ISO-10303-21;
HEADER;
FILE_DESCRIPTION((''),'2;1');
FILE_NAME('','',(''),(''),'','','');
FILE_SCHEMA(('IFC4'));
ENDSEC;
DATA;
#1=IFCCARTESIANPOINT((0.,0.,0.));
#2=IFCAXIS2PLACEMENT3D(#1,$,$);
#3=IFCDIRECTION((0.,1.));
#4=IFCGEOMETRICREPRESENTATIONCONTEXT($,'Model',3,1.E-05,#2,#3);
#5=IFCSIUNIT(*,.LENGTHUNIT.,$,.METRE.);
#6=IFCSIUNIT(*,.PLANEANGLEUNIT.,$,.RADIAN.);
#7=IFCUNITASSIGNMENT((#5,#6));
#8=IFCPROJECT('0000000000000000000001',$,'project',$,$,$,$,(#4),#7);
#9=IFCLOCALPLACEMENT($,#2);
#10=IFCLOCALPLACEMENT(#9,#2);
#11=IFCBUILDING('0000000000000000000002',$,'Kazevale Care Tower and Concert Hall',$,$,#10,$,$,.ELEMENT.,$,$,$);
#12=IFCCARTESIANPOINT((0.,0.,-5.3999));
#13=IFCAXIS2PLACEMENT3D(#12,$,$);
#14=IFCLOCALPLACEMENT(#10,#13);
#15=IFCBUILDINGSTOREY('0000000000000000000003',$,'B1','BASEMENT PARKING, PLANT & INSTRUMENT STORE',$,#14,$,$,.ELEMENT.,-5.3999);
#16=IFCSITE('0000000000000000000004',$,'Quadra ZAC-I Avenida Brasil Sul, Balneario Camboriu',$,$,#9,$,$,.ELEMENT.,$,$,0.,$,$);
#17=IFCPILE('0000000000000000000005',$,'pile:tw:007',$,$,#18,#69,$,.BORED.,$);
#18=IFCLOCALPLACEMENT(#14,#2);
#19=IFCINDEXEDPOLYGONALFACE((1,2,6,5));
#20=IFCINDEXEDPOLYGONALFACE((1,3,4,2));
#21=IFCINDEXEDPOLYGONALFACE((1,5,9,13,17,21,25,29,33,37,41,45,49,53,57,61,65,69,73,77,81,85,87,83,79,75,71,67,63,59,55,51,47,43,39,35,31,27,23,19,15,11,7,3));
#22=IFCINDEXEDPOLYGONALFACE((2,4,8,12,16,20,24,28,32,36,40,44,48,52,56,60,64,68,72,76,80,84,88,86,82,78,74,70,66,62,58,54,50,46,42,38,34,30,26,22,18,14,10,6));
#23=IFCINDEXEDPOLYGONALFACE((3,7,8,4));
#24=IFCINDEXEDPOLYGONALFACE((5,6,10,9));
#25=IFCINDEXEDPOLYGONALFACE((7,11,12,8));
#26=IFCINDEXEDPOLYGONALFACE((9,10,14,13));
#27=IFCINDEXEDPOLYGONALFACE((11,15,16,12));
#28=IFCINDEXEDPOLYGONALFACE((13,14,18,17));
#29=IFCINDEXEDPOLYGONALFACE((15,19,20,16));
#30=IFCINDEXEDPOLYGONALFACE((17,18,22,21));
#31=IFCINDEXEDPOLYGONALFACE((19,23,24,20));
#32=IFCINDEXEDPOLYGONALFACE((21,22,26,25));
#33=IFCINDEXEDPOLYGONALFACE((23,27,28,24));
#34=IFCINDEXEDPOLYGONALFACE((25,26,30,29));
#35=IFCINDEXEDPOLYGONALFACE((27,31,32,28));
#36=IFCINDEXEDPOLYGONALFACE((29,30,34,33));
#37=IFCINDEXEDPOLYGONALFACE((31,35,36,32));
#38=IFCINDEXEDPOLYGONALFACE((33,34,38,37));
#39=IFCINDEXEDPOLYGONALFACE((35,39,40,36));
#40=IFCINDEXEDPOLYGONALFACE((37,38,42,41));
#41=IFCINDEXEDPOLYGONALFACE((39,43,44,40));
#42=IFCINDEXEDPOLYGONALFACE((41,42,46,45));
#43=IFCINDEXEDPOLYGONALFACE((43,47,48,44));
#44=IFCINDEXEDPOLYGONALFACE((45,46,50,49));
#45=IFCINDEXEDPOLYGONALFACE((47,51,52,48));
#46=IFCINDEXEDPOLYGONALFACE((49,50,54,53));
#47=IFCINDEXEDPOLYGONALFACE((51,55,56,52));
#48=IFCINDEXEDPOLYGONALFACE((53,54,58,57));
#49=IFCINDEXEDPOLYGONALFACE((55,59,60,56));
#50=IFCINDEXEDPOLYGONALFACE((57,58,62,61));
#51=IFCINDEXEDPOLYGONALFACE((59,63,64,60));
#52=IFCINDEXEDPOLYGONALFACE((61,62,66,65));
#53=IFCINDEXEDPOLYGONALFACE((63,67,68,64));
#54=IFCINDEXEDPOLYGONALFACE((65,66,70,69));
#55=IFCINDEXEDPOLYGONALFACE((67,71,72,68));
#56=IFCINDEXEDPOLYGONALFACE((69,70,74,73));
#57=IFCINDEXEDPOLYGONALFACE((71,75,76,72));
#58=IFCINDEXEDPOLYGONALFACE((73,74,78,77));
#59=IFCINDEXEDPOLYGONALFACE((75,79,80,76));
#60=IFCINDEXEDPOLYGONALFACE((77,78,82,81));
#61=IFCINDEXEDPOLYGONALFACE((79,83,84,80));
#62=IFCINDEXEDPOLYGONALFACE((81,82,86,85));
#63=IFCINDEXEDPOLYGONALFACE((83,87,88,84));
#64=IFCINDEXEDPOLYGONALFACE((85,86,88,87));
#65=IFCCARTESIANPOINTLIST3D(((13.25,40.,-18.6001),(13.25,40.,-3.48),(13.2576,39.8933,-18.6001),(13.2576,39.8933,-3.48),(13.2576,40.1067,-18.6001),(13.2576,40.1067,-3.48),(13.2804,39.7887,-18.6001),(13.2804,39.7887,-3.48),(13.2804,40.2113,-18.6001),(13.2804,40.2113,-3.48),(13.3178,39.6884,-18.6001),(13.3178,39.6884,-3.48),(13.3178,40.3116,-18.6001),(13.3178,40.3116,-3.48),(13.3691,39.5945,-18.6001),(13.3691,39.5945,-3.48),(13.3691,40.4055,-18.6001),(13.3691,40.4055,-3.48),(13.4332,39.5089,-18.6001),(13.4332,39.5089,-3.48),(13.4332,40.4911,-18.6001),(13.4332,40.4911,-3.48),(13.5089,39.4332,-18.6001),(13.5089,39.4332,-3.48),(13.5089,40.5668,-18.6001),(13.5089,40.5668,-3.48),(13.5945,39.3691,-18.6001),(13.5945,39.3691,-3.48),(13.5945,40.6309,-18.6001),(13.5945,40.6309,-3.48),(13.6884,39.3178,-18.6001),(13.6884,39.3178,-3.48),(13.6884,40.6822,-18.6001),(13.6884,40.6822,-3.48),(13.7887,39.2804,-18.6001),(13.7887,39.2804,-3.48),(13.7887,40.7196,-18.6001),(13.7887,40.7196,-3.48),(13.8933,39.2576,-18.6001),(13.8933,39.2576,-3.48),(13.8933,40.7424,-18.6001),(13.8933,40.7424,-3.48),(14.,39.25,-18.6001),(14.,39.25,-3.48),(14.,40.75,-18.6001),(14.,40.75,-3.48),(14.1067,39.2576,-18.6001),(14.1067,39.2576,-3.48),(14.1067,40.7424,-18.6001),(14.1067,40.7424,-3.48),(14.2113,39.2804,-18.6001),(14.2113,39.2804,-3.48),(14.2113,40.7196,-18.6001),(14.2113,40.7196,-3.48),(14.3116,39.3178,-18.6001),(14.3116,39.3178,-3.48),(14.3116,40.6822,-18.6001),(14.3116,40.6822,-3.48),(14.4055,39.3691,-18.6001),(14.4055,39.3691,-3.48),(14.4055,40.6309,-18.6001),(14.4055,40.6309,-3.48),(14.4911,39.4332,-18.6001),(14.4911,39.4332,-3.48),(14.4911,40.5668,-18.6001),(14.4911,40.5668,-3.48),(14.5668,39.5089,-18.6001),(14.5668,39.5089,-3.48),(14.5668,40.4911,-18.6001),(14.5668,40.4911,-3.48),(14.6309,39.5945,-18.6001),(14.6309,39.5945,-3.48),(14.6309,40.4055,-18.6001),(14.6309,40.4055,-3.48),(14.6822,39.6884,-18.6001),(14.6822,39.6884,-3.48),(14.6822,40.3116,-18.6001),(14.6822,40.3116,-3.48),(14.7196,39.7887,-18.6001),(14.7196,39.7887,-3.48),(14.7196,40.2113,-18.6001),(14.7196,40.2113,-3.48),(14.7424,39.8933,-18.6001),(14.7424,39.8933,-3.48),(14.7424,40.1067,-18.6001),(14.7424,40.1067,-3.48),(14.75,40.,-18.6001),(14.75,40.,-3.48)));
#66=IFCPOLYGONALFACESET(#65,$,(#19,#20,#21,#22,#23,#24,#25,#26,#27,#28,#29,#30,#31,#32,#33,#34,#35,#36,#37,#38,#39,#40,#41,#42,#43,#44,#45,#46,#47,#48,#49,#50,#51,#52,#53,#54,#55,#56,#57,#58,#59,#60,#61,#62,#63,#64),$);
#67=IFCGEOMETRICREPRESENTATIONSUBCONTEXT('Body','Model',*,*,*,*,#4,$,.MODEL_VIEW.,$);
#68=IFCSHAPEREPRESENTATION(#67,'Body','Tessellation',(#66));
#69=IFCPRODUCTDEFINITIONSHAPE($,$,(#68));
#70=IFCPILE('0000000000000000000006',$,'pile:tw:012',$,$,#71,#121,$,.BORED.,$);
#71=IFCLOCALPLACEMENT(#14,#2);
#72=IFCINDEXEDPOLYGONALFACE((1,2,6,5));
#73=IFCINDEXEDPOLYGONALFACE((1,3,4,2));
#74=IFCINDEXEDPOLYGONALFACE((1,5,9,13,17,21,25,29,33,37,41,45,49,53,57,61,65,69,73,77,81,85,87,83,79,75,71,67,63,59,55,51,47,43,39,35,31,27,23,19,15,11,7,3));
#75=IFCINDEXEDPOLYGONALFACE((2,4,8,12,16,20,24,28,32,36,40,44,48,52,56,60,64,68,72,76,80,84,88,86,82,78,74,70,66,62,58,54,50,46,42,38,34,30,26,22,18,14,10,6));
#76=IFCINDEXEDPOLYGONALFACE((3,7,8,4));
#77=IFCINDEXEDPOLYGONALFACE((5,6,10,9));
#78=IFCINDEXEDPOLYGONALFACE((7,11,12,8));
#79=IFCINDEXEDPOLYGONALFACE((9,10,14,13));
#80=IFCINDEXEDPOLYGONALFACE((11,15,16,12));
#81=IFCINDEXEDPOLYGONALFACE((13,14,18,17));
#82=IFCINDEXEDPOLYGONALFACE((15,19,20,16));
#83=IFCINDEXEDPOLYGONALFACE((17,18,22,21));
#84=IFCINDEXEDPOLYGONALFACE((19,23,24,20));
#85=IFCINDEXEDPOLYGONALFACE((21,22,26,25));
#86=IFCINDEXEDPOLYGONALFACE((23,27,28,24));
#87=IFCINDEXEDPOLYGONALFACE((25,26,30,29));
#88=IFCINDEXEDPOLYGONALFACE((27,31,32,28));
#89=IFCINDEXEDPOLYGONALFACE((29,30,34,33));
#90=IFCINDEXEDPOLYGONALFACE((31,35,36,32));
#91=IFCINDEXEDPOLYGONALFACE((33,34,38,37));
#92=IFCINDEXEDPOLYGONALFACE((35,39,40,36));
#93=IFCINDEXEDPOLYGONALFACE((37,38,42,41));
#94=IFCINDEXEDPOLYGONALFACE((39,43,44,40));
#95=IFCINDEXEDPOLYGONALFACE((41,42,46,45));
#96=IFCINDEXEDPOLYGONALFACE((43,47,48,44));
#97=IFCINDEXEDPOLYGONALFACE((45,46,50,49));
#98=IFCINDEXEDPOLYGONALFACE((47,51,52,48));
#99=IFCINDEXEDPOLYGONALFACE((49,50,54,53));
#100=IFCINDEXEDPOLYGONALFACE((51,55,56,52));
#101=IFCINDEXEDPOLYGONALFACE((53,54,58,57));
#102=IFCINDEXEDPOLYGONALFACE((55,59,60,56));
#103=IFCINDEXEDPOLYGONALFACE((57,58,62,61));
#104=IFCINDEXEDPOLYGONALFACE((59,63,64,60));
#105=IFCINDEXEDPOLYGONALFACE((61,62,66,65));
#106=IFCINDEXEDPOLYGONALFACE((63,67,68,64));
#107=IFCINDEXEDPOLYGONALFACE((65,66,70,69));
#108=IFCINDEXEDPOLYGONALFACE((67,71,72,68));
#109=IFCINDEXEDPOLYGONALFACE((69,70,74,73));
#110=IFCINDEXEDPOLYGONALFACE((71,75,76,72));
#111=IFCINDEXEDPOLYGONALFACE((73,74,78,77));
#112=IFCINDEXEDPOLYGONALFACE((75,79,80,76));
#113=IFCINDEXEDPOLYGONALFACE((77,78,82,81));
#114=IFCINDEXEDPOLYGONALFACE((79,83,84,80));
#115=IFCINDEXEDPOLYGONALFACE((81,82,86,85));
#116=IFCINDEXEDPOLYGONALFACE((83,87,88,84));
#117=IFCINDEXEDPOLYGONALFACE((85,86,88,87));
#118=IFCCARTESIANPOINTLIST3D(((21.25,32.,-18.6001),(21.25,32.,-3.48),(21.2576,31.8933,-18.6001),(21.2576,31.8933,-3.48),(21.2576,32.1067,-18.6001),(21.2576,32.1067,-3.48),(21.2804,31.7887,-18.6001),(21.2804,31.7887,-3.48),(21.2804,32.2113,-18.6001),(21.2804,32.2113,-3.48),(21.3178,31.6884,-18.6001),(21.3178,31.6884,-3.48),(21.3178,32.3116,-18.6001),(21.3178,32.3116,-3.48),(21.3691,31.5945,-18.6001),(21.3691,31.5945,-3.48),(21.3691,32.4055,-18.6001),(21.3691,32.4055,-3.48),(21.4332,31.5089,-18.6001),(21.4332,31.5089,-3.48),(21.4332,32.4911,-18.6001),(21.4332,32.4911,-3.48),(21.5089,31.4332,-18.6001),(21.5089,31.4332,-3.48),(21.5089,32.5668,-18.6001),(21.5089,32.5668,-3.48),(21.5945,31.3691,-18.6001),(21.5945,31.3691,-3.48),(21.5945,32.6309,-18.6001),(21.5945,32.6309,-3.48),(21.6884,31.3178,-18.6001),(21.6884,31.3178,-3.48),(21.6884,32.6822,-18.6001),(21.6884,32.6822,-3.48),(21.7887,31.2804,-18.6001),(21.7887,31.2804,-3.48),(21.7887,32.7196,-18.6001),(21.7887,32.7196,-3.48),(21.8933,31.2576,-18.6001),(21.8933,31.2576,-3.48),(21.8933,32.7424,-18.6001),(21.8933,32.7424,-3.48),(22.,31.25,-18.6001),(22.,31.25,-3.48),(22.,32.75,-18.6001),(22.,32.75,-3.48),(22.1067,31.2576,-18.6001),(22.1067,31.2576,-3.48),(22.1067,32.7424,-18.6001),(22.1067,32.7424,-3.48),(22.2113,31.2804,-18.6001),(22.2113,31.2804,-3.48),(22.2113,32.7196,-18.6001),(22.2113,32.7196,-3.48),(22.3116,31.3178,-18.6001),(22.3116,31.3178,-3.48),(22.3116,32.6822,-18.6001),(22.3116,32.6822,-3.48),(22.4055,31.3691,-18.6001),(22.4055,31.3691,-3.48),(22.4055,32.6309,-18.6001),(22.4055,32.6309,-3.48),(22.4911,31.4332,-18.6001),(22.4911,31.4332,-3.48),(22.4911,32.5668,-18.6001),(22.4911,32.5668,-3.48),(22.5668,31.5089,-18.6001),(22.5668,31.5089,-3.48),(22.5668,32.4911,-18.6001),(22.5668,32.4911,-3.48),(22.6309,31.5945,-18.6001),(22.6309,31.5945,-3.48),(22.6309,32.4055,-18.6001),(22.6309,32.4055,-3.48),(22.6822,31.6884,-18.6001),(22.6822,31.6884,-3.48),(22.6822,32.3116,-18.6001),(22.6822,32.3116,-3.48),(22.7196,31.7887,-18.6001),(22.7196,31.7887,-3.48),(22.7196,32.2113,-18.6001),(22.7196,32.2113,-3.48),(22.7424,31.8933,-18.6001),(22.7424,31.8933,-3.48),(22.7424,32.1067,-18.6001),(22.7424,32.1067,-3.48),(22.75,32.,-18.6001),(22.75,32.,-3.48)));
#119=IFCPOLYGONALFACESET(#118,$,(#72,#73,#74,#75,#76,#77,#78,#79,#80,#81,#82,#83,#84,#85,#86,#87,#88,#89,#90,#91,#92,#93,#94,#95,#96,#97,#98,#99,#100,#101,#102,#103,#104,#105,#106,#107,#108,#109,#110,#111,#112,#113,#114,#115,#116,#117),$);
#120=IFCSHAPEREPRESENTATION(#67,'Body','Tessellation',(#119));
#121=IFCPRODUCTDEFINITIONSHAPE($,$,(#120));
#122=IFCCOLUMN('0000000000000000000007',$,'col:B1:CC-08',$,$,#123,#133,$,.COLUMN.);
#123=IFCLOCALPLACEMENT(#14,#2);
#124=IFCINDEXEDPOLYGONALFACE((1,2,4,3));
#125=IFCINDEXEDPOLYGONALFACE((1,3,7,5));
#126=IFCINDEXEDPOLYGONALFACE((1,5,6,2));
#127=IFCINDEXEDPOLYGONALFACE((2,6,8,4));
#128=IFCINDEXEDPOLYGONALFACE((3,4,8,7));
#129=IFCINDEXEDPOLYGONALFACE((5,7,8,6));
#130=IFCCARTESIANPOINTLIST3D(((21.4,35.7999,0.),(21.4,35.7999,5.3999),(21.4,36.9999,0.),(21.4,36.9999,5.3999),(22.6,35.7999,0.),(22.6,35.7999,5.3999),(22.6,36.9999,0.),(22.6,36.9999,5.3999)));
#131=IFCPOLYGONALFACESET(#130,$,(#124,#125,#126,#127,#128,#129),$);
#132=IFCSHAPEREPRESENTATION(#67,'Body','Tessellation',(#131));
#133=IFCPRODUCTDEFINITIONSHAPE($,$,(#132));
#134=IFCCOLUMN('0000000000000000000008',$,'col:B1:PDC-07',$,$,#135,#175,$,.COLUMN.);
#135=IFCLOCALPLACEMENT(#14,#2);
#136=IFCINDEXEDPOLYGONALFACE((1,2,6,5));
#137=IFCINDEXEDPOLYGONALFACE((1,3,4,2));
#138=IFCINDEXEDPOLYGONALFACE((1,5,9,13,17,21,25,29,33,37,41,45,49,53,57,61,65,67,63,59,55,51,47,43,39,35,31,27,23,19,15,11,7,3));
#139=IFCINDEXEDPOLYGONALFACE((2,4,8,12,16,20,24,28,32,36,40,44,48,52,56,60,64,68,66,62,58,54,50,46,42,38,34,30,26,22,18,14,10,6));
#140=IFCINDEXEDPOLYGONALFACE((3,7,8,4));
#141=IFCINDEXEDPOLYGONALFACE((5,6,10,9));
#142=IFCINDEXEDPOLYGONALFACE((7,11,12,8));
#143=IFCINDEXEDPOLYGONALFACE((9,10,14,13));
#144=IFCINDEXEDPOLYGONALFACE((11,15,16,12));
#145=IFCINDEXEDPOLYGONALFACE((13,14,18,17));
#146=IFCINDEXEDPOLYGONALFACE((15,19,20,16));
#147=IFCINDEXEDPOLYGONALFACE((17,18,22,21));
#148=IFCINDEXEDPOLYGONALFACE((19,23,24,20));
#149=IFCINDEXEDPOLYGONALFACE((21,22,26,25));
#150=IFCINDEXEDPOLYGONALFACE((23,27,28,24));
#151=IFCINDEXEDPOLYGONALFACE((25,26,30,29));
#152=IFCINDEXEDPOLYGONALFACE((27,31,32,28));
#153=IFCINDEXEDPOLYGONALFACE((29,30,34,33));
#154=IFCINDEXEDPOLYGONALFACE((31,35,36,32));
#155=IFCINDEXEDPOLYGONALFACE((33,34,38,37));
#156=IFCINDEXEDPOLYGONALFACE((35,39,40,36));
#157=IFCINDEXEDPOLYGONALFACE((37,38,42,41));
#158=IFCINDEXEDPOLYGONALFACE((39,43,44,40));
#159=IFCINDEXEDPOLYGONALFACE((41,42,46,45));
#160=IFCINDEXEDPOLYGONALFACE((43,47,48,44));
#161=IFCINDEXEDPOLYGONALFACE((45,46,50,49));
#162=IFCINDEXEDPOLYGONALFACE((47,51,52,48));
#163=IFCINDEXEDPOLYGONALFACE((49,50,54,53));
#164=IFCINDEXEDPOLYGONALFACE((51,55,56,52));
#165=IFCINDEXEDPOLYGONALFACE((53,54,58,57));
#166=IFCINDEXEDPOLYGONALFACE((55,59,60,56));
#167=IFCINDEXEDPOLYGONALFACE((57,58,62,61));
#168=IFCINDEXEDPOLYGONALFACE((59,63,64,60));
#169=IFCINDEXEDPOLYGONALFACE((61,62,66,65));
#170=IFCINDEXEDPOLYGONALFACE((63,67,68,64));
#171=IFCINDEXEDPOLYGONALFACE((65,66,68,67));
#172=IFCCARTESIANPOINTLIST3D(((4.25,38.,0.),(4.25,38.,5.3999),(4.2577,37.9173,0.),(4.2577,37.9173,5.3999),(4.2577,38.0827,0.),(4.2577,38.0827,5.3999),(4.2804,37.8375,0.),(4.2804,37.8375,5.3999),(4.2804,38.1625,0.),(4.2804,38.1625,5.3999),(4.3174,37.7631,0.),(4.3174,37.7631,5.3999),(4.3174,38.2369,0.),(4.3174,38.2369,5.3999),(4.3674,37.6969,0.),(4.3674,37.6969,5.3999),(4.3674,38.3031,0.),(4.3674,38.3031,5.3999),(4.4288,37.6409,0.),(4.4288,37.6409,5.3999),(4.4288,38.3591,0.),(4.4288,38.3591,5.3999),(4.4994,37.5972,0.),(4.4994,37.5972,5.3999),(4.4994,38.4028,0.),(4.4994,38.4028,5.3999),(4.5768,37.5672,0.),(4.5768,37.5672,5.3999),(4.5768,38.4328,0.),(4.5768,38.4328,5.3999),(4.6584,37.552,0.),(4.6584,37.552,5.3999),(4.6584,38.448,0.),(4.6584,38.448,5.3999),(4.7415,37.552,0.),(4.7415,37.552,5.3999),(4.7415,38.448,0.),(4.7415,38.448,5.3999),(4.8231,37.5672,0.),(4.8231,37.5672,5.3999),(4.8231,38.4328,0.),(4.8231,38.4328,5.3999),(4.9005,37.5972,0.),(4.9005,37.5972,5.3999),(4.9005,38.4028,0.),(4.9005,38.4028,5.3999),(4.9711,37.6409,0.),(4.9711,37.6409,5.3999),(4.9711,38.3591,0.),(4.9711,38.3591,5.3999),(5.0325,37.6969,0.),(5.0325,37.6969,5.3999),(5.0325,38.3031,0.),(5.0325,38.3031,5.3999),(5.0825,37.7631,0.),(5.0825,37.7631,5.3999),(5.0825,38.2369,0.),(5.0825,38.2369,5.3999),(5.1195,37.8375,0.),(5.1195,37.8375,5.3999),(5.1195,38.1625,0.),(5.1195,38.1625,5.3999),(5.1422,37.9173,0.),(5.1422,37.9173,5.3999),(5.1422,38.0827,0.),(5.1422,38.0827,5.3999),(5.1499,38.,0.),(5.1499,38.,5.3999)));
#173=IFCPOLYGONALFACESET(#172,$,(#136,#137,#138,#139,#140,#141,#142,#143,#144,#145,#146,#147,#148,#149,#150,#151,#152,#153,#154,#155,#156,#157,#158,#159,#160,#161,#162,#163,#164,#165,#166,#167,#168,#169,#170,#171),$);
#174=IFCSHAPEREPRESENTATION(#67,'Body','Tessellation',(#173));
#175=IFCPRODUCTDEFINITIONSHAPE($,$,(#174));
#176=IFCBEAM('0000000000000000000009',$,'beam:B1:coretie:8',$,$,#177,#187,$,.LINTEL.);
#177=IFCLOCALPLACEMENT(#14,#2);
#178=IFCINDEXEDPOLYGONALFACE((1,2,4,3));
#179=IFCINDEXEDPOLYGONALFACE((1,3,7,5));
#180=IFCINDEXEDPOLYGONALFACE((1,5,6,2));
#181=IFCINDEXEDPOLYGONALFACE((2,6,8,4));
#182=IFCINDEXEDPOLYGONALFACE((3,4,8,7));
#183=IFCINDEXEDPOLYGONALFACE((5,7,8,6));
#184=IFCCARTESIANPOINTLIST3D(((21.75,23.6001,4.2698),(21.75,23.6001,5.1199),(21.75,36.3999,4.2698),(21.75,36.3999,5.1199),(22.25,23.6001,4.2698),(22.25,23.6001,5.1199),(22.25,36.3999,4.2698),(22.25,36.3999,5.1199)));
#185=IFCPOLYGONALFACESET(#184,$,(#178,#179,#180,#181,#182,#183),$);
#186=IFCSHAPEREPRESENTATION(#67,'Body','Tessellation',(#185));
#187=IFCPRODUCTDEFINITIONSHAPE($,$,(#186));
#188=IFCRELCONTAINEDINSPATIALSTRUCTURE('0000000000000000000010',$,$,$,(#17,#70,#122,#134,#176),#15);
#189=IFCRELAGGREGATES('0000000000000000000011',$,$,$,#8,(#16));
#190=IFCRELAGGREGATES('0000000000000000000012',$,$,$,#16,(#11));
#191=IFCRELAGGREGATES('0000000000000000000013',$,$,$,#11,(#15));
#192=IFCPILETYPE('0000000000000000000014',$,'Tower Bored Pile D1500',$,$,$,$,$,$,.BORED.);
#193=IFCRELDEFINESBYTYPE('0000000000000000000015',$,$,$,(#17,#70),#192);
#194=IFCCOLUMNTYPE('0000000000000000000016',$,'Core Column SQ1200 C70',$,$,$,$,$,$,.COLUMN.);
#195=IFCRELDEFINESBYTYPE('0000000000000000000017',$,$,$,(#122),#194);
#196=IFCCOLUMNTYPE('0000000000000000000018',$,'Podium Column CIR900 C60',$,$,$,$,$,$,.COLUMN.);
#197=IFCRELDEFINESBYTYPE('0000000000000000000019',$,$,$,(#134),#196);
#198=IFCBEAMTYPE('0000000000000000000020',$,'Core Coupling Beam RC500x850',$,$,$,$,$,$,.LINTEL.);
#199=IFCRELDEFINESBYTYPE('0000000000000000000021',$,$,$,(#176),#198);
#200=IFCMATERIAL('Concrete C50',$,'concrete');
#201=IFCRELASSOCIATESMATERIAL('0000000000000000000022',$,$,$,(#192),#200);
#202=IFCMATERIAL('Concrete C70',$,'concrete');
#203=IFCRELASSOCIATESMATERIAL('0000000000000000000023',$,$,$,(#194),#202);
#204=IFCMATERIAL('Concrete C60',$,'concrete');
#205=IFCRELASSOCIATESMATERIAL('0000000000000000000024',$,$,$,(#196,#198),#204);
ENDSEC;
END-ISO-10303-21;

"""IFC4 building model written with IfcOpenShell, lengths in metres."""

from ifc_helpers import new_model, si_unit, direction, frame, origin, origin_2d, place, context, subcontext, project, spatial, rectangle, circle, extrude, material, material_profile, profile_set, type_object, element, save


model = new_model("IFC4")

# Units and contexts
model_context = context("Model", 3, precision=1e-05, world=origin(), true_north=direction((0.0, 1.0)))
body_context = subcontext(model_context, "Body", "Model", "MODEL_VIEW")
ifc_project = project(units=[si_unit("LENGTHUNIT", "METRE"), si_unit("PLANEANGLEUNIT", "RADIAN")], contexts=[model_context])

# Site, building, storey
site_placement = place(None, origin())
site = spatial("IfcSite", under=ifc_project, at=site_placement, Name="Quadra ZAC-I Avenida Brasil Sul, Balneario Camboriu", CompositionType="ELEMENT", RefElevation=0.0)
building_placement = place(site_placement, origin())
building = spatial("IfcBuilding", under=site, at=building_placement, Name="Kazevale Care Tower and Concert Hall", CompositionType="ELEMENT")
storey_placement = place(building_placement, frame((0.0, 0.0, -5.3999)))
storey = spatial("IfcBuildingStorey", under=building, at=storey_placement, Name="B1", Description="BASEMENT PARKING, PLANT & INSTRUMENT STORE", CompositionType="ELEMENT", Elevation=-5.3999)

# Piles
ifc_material_1 = material(Name="Concrete C50", Category="concrete")
ifc_material_profile_1 = material_profile(ifc_material_1, circle(Radius=0.75, at=origin_2d()), Name="PILE-D1500")
ifc_profile_set_1 = profile_set([ifc_material_profile_1], Name="Concrete C50")
pile_type = type_object("IfcPileType", Name="Tower Bored Pile D1500", PredefinedType="BORED", material=ifc_profile_set_1)
for number, where, z_axis, x_axis, name in (
    (1, (14.0, 40.0, -3.48), (0.0, 0.0, -1.0), (1.0, 0.0, 0.0), "pile:tw:007"),
    (2, (22.0, 32.0, -3.48), (0.0, 0.0, -1.0), (1.0, 0.0, 0.0), "pile:tw:012"),
):
    element("IfcPile", number, at=place(storey_placement, frame(where, z_axis=z_axis, x_axis=x_axis)), inside=storey, type_object=pile_type, Name=name, PredefinedType="BORED", context=body_context, shape_type="SweptSolid", body=[
        extrude(circle(Radius=0.75, at=origin_2d()), origin(), (0.0, 0.0, 1.0), 15.1201),
    ])

# Columns
ifc_material_2 = material(Name="Concrete C70", Category="concrete")
ifc_material_profile_2 = material_profile(ifc_material_2, rectangle(XDim=1.2, YDim=1.2, at=origin_2d()), Name="RC-SQ1200")
ifc_profile_set_2 = profile_set([ifc_material_profile_2], Name="Concrete C70")
column_type_1 = type_object("IfcColumnType", Name="Core Column SQ1200 C70", PredefinedType="COLUMN", material=ifc_profile_set_2)
column_1_placement = place(storey_placement, frame((22.0, 36.3999, 0.0), z_axis=(0.0, 0.0, 1.0), x_axis=(1.0, 0.0, 0.0)))
element("IfcColumn", 3, at=column_1_placement, inside=storey, type_object=column_type_1, Name="col:B1:CC-08", PredefinedType="COLUMN", context=body_context, shape_type="SweptSolid", body=[
    extrude(rectangle(XDim=1.2, YDim=1.2, at=origin_2d()), origin(), (0.0, 0.0, 1.0), 5.3999),
])
ifc_material_3 = material(Name="Concrete C60", Category="concrete")
ifc_material_profile_3 = material_profile(ifc_material_3, circle(Radius=0.45, at=origin_2d()), Name="RC-CIR900")
ifc_profile_set_3 = profile_set([ifc_material_profile_3], Name="Concrete C60")
column_type_2 = type_object("IfcColumnType", Name="Podium Column CIR900 C60", PredefinedType="COLUMN", material=ifc_profile_set_3)
column_2_placement = place(storey_placement, frame((4.7, 38.0, 0.0), z_axis=(0.0, 0.0, 1.0), x_axis=(1.0, 0.0, 0.0)))
element("IfcColumn", 4, at=column_2_placement, inside=storey, type_object=column_type_2, Name="col:B1:PDC-07", PredefinedType="COLUMN", context=body_context, shape_type="SweptSolid", body=[
    extrude(circle(Radius=0.45, at=origin_2d()), origin(), (0.0, 0.0, 1.0), 5.3999),
])

# Beam
ifc_material_profile_4 = material_profile(ifc_material_3, rectangle(XDim=0.5, YDim=0.8501, at=origin_2d()), Name="RC-B500x850")
ifc_profile_set_4 = profile_set([ifc_material_profile_4], Name="Concrete C60")
beam_type_1 = type_object("IfcBeamType", Name="Core Coupling Beam RC500x850", PredefinedType="LINTEL", material=ifc_profile_set_4)
beam_1_placement = place(storey_placement, frame((22.0, 36.3999, 4.6948), z_axis=(0.0, -1.0, 0.0), x_axis=(1.0, 0.0, 0.0)))
element("IfcBeam", 5, at=beam_1_placement, inside=storey, type_object=beam_type_1, Name="beam:B1:coretie:8", PredefinedType="LINTEL", context=body_context, shape_type="SweptSolid", body=[
    extrude(rectangle(XDim=0.5, YDim=0.8501, at=origin_2d()), origin(), (0.0, 0.0, 1.0), 12.7998),
])

save(model, "model.ifc")
